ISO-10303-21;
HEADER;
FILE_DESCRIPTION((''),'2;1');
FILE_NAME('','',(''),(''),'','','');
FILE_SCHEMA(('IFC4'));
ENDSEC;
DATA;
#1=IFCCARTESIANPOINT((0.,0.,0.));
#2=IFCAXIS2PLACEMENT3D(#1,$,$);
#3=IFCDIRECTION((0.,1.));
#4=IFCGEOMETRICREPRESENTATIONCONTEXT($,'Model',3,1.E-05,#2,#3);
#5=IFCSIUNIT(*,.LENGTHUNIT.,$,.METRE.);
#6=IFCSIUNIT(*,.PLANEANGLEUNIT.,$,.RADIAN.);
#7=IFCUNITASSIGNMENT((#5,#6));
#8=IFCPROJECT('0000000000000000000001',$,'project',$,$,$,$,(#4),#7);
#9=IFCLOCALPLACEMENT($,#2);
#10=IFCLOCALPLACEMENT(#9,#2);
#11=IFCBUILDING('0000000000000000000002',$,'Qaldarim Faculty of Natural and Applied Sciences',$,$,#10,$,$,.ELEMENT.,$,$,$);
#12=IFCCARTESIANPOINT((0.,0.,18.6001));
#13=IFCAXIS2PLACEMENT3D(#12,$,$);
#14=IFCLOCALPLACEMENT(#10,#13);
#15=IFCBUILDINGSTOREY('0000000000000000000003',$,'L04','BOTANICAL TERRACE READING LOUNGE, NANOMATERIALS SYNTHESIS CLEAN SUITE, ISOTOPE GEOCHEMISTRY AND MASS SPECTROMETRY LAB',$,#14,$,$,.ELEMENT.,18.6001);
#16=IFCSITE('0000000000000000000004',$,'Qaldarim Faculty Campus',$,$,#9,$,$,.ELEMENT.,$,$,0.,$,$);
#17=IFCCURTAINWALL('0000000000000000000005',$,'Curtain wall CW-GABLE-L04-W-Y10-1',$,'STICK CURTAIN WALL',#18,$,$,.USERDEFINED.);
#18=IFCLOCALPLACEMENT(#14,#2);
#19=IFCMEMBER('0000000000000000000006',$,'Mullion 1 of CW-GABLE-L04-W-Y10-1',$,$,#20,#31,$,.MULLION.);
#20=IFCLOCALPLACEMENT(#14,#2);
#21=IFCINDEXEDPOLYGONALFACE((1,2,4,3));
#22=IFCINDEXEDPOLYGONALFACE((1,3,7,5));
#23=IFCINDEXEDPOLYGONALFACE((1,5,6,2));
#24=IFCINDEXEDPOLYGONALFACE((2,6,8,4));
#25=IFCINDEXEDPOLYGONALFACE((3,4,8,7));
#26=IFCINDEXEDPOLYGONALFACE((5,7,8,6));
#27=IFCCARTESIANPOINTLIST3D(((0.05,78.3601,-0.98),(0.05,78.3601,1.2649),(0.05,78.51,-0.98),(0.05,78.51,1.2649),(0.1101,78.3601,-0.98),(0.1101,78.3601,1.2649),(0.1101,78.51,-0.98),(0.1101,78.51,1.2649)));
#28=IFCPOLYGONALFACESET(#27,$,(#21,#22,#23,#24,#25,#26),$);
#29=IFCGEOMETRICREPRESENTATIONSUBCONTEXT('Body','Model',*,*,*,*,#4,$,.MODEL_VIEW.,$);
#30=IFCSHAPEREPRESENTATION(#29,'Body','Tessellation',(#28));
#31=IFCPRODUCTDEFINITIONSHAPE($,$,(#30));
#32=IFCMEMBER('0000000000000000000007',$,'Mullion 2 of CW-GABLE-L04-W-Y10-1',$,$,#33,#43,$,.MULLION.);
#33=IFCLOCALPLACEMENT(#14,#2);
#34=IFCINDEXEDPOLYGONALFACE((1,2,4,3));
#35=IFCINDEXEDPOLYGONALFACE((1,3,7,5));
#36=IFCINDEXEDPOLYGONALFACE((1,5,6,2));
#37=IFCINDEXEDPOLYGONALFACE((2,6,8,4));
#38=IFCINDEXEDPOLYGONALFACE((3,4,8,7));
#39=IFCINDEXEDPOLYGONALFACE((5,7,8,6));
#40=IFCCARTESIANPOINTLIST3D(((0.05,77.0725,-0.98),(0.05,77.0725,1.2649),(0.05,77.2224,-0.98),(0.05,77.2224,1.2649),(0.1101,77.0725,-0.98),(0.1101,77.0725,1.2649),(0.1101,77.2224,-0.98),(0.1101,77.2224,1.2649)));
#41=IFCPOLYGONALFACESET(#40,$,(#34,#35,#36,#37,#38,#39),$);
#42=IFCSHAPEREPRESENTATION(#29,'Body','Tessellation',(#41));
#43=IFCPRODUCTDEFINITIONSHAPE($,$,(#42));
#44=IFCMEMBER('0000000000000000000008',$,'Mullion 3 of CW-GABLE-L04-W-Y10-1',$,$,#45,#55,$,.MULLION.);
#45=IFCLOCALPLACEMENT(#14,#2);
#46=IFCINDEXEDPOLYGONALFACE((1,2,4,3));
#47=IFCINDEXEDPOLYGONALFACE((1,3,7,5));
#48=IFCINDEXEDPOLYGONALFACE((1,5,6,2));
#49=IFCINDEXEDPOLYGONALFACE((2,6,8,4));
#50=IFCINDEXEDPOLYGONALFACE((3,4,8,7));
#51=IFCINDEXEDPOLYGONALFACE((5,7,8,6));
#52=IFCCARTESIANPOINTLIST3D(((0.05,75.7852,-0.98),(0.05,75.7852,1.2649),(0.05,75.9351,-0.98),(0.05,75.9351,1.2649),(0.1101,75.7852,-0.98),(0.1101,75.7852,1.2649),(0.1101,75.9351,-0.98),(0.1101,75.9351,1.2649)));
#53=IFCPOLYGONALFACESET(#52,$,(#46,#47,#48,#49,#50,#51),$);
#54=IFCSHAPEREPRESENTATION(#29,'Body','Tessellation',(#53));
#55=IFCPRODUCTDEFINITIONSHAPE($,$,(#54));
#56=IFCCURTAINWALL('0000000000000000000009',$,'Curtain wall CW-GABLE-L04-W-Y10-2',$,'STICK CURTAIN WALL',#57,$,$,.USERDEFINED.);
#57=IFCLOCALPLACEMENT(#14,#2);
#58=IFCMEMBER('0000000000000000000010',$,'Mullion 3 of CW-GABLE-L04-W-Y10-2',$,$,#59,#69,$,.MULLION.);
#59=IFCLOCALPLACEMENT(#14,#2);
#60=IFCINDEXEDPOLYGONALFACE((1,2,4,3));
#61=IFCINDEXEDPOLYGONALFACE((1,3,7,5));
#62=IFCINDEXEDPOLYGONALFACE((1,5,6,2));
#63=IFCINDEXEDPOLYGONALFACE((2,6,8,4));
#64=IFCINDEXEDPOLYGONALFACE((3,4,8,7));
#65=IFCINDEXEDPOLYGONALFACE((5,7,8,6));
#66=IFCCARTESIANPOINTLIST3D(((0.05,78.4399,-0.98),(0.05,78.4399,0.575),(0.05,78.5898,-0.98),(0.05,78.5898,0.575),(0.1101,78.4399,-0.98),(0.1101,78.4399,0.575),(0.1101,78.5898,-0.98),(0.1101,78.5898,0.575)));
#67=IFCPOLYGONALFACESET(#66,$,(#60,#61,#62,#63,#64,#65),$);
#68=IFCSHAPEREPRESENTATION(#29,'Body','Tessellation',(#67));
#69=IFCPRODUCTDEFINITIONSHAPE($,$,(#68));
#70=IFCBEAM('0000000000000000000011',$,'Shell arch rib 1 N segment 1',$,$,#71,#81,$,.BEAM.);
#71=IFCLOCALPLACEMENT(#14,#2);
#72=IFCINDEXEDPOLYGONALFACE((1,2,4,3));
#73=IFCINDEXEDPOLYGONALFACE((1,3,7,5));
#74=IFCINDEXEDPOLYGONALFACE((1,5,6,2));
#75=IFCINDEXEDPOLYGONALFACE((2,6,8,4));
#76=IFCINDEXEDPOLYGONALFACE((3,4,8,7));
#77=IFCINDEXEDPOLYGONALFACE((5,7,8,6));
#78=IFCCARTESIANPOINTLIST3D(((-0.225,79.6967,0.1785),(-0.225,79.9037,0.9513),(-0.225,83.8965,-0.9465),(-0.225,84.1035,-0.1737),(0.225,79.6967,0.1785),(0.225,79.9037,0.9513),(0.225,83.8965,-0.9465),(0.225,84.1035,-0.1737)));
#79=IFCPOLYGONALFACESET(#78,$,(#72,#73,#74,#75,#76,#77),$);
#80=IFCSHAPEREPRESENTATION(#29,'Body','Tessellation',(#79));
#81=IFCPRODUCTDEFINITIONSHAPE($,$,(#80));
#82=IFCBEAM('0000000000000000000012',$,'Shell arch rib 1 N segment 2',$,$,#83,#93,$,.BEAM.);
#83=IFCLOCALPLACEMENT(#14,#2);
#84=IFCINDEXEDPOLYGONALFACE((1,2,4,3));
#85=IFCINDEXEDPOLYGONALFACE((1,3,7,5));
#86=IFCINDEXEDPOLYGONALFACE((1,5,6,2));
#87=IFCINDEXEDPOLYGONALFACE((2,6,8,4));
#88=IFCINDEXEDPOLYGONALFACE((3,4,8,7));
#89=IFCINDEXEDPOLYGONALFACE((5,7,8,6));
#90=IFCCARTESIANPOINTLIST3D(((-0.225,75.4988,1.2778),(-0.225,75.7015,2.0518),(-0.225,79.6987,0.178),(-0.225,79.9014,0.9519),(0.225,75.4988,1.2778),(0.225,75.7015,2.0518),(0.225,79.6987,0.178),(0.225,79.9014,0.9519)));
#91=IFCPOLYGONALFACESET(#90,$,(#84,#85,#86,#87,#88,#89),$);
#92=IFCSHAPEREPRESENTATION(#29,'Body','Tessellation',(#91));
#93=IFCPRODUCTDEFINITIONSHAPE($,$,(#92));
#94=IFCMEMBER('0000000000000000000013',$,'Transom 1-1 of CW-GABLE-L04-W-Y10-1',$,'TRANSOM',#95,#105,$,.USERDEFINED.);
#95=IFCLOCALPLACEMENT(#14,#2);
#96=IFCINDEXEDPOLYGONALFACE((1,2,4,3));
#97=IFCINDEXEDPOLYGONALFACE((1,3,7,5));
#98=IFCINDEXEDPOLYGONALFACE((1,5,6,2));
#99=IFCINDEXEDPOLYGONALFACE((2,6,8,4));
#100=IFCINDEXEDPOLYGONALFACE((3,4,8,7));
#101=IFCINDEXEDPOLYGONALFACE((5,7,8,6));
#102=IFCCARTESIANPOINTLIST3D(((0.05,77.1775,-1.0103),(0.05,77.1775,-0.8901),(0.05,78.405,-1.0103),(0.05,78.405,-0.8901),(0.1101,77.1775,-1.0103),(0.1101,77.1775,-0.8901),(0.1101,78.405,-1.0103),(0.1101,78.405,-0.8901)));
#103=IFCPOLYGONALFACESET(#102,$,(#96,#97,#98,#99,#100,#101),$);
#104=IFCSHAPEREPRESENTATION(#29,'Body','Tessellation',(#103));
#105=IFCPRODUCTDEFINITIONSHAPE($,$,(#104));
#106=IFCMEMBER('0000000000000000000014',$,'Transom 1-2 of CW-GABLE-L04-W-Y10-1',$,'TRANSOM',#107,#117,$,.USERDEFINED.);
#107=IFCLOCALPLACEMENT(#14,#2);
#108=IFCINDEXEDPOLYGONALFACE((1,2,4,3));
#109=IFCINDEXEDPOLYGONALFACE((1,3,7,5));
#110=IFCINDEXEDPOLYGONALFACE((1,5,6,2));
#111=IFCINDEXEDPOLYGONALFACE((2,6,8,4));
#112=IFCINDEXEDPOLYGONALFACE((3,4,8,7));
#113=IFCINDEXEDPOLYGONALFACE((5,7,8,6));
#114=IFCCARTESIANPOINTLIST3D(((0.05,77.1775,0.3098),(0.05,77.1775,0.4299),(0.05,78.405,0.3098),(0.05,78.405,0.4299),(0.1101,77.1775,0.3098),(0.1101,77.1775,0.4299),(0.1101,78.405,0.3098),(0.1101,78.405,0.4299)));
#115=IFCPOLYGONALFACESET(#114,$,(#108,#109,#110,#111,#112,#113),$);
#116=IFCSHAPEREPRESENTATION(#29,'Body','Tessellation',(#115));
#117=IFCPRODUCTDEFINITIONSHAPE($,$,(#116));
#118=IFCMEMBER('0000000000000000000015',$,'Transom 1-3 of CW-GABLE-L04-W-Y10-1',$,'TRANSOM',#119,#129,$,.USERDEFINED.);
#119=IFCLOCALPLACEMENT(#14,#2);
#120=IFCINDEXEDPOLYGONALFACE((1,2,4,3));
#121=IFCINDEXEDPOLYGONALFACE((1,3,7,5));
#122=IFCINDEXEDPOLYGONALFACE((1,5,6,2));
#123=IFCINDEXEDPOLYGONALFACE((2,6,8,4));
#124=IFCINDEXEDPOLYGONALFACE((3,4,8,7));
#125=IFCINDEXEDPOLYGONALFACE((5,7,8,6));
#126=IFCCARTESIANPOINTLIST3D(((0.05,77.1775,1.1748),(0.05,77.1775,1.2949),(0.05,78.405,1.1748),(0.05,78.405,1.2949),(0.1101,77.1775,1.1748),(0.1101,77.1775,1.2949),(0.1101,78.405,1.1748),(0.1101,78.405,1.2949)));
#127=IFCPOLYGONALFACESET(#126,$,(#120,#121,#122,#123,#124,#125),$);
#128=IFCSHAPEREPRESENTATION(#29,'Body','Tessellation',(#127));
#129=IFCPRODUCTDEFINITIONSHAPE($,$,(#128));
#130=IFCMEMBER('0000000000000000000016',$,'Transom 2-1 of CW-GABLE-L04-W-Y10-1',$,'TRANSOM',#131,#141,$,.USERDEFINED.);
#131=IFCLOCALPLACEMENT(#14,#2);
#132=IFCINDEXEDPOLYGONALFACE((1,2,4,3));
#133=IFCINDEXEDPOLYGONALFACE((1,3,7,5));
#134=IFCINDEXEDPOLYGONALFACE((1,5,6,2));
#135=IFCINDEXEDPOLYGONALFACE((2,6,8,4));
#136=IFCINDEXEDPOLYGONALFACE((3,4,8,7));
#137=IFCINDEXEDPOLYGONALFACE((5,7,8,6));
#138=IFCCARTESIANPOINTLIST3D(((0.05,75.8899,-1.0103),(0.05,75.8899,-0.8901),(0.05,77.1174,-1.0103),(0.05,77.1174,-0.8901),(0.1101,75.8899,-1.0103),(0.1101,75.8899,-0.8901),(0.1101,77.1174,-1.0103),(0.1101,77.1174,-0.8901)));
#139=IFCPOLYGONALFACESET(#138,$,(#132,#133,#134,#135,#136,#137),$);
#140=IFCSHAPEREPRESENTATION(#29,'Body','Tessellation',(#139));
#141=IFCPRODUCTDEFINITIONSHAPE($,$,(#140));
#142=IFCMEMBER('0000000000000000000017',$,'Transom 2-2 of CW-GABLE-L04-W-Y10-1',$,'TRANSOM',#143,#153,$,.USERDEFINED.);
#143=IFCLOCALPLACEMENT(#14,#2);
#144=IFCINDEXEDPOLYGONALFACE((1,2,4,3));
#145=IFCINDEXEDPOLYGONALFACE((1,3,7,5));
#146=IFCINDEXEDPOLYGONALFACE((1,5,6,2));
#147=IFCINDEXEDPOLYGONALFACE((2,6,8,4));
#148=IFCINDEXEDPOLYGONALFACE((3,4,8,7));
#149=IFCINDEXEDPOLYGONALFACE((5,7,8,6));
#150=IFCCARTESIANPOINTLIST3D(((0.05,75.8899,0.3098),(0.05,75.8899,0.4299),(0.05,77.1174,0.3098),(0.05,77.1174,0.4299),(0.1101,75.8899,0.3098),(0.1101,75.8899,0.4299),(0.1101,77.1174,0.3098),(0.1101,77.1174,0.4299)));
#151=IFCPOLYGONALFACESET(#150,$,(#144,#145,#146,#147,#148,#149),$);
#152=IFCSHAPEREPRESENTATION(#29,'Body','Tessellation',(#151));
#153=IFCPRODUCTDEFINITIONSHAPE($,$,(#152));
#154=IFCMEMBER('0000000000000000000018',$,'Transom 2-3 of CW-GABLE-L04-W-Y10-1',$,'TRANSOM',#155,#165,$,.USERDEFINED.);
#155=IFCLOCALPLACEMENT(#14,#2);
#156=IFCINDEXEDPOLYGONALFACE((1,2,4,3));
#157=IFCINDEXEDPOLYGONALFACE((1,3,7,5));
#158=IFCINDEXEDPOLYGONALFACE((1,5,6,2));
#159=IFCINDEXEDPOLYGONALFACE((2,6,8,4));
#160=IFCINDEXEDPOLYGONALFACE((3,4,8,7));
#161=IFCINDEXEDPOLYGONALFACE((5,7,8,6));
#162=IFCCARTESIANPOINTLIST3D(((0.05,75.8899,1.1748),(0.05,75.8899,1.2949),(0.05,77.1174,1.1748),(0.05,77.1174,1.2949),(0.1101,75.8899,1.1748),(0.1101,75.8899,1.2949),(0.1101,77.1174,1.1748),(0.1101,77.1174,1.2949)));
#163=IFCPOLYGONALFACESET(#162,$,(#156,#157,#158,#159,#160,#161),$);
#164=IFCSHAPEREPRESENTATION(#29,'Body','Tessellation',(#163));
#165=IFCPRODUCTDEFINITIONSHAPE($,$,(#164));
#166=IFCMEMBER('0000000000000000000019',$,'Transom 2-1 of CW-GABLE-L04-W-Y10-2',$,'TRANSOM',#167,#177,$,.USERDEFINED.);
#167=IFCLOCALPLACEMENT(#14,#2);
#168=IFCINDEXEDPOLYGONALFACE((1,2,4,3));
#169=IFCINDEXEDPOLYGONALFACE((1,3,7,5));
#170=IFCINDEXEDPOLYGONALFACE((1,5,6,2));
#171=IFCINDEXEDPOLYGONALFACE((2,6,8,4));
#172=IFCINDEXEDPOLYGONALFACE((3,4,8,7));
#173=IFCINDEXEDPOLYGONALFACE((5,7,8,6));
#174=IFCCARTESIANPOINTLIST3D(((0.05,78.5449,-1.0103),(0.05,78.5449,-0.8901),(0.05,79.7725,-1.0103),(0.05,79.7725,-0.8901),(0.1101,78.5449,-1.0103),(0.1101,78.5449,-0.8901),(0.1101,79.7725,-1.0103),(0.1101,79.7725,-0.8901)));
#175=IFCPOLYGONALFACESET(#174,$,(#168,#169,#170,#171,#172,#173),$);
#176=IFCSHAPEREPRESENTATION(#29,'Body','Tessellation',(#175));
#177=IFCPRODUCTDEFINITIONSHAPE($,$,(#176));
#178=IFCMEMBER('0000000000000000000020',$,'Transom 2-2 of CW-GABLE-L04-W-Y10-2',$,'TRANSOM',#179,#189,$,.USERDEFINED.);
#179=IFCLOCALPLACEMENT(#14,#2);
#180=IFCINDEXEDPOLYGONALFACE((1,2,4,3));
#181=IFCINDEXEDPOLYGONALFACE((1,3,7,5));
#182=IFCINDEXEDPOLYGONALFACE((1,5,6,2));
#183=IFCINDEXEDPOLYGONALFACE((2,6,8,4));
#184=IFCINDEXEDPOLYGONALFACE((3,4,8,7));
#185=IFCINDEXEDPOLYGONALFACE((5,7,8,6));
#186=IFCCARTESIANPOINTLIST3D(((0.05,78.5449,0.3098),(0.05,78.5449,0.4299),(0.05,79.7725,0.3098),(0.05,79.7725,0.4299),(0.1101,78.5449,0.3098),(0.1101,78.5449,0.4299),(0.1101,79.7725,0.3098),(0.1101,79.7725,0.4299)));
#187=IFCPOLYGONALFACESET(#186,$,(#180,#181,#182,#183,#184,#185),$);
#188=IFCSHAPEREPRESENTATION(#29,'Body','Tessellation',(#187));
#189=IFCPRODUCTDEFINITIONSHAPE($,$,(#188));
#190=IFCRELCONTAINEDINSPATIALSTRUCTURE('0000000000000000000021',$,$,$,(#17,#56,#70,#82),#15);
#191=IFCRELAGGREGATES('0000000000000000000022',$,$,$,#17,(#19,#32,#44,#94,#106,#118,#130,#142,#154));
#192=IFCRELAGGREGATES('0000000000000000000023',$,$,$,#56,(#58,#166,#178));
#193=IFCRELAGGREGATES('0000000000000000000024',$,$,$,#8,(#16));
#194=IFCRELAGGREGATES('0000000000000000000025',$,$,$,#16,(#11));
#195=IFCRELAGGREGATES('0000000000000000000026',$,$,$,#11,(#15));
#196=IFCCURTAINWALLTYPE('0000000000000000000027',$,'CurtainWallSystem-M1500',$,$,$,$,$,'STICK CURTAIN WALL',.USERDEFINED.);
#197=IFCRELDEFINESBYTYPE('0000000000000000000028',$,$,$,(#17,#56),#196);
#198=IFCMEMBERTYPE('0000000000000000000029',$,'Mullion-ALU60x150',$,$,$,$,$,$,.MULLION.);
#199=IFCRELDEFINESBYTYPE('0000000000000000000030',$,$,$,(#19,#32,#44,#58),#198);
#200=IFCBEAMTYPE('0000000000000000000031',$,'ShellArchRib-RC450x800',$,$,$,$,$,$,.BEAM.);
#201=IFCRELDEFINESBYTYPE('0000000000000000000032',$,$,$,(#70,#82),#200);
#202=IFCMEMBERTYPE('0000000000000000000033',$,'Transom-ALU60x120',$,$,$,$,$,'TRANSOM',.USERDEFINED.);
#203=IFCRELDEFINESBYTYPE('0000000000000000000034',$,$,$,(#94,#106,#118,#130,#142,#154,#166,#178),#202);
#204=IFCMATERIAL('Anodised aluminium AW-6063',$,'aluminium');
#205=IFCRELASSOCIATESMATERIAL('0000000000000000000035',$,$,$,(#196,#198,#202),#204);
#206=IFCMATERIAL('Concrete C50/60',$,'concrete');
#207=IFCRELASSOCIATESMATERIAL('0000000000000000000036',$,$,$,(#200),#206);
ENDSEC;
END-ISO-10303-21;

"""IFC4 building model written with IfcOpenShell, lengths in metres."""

from ifc_helpers import new_model, si_unit, direction, frame, origin, origin_2d, place, context, subcontext, project, spatial, rectangle, extrude, material, material_profile, profile_set, type_object, element, aggregate, save


model = new_model("IFC4")

# Units and contexts
model_context = context("Model", 3, precision=1e-05, world=origin(), true_north=direction((0.0, 1.0)))
body_context = subcontext(model_context, "Body", "Model", "MODEL_VIEW")
ifc_project = project(units=[si_unit("LENGTHUNIT", "METRE"), si_unit("PLANEANGLEUNIT", "RADIAN")], contexts=[model_context])

# Site, building, storey
site_placement = place(None, origin())
site = spatial("IfcSite", under=ifc_project, at=site_placement, Name="Qaldarim Faculty Campus", CompositionType="ELEMENT", RefElevation=0.0)
building_placement = place(site_placement, origin())
building = spatial("IfcBuilding", under=site, at=building_placement, Name="Qaldarim Faculty of Natural and Applied Sciences", CompositionType="ELEMENT")
storey_placement = place(building_placement, frame((0.0, 0.0, 18.6001)))
storey = spatial("IfcBuildingStorey", under=building, at=storey_placement, Name="L04", Description="BOTANICAL TERRACE READING LOUNGE, NANOMATERIALS SYNTHESIS CLEAN SUITE, ISOTOPE GEOCHEMISTRY AND MASS SPECTROMETRY LAB", CompositionType="ELEMENT", Elevation=18.6001)

# Curtain wall, members
ifc_material_1 = material(Name="Anodised aluminium AW-6063", Category="aluminium")
curtain_wall_type = type_object("IfcCurtainWallType", Name="CurtainWallSystem-M1500", ElementType="STICK CURTAIN WALL", PredefinedType="USERDEFINED", material=ifc_material_1)
curtain_wall_1_placement = place(storey_placement, origin())
curtain_wall_1 = element("IfcCurtainWall", 1, at=curtain_wall_1_placement, inside=storey, type_object=curtain_wall_type, Name="Curtain wall CW-GABLE-L04-W-Y10-1", ObjectType="STICK CURTAIN WALL", PredefinedType="USERDEFINED")
ifc_material_profile_1 = material_profile(ifc_material_1, rectangle(XDim=0.0601, YDim=0.1499, at=origin_2d()), Name="ALU-M60x150")
ifc_profile_set_1 = profile_set([ifc_material_profile_1], Name="Anodised aluminium AW-6063")
member_type_1 = type_object("IfcMemberType", Name="Mullion-ALU60x150", PredefinedType="MULLION", material=ifc_profile_set_1)
member_1_placement = place(storey_placement, frame((0.0801, 78.4351, -0.98), z_axis=(0.0, 0.0, 1.0), x_axis=(1.0, 0.0, 0.0)))
member_1 = element("IfcMember", 2, at=member_1_placement, type_object=member_type_1, Name="Mullion 1 of CW-GABLE-L04-W-Y10-1", PredefinedType="MULLION", context=body_context, shape_type="SweptSolid", body=[
    extrude(rectangle(XDim=0.0601, YDim=0.1499, at=origin_2d()), origin(), (0.0, 0.0, 1.0), 2.2449),
])
member_2_placement = place(storey_placement, frame((0.0801, 77.1475, -0.98), z_axis=(0.0, 0.0, 1.0), x_axis=(1.0, 0.0, 0.0)))
member_2 = element("IfcMember", 3, at=member_2_placement, type_object=member_type_1, Name="Mullion 2 of CW-GABLE-L04-W-Y10-1", PredefinedType="MULLION", context=body_context, shape_type="SweptSolid", body=[
    extrude(rectangle(XDim=0.0601, YDim=0.1499, at=origin_2d()), origin(), (0.0, 0.0, 1.0), 2.2449),
])
member_3_placement = place(storey_placement, frame((0.0801, 75.8601, -0.98), z_axis=(0.0, 0.0, 1.0), x_axis=(1.0, 0.0, 0.0)))
member_3 = element("IfcMember", 4, at=member_3_placement, type_object=member_type_1, Name="Mullion 3 of CW-GABLE-L04-W-Y10-1", PredefinedType="MULLION", context=body_context, shape_type="SweptSolid", body=[
    extrude(rectangle(XDim=0.0601, YDim=0.1499, at=origin_2d()), origin(), (0.0, 0.0, 1.0), 2.2449),
])

# Curtain wall, member
curtain_wall_2_placement = place(storey_placement, origin())
curtain_wall_2 = element("IfcCurtainWall", 5, at=curtain_wall_2_placement, inside=storey, type_object=curtain_wall_type, Name="Curtain wall CW-GABLE-L04-W-Y10-2", ObjectType="STICK CURTAIN WALL", PredefinedType="USERDEFINED")
member_4_placement = place(storey_placement, frame((0.0801, 78.5149, -0.98), z_axis=(0.0, 0.0, 1.0), x_axis=(1.0, 0.0, 0.0)))
member_4 = element("IfcMember", 6, at=member_4_placement, type_object=member_type_1, Name="Mullion 3 of CW-GABLE-L04-W-Y10-2", PredefinedType="MULLION", context=body_context, shape_type="SweptSolid", body=[
    extrude(rectangle(XDim=0.0601, YDim=0.1499, at=origin_2d()), origin(), (0.0, 0.0, 1.0), 1.5549),
])

# Beams
ifc_material_2 = material(Name="Concrete C50/60", Category="concrete")
ifc_material_profile_2 = material_profile(ifc_material_2, rectangle(XDim=0.45, YDim=0.8, at=origin_2d()), Name="RC-RIB450x800")
ifc_profile_set_2 = profile_set([ifc_material_profile_2], Name="Concrete C50/60")
beam_type = type_object("IfcBeamType", Name="ShellArchRib-RC450x800", PredefinedType="BEAM", material=ifc_profile_set_2)
beam_1_placement = place(storey_placement, frame((0.0, 84.0, -0.5601), z_axis=(0.0, -0.965947, 0.258739), x_axis=(1.0, 0.0, 0.0)))
element("IfcBeam", 7, at=beam_1_placement, inside=storey, type_object=beam_type, Name="Shell arch rib 1 N segment 1", PredefinedType="BEAM", context=body_context, shape_type="SweptSolid", body=[
    extrude(rectangle(XDim=0.45, YDim=0.8, at=origin_2d()), origin(), (0.0, 0.0, 1.0), 4.3479),
])
beam_2_placement = place(storey_placement, frame((0.0, 79.8, 0.5649), z_axis=(0.0, -0.96738, 0.253331), x_axis=(1.0, 0.0, 0.0)))
element("IfcBeam", 8, at=beam_2_placement, inside=storey, type_object=beam_type, Name="Shell arch rib 1 N segment 2", PredefinedType="BEAM", context=body_context, shape_type="SweptSolid", body=[
    extrude(rectangle(XDim=0.45, YDim=0.8, at=origin_2d()), origin(), (0.0, 0.0, 1.0), 4.3416),
])

# Members
ifc_material_profile_3 = material_profile(ifc_material_1, rectangle(XDim=0.0601, YDim=0.1201, at=origin_2d()), Name="ALU-T60x120")
ifc_profile_set_3 = profile_set([ifc_material_profile_3], Name="Anodised aluminium AW-6063")
member_type_2 = type_object("IfcMemberType", Name="Transom-ALU60x120", ElementType="TRANSOM", PredefinedType="USERDEFINED", material=ifc_profile_set_3)
member_5_placement = place(storey_placement, frame((0.0801, 78.405, -0.9502), z_axis=(0.0, -1.0, 0.0), x_axis=(1.0, 0.0, 0.0)))
member_5 = element("IfcMember", 9, at=member_5_placement, type_object=member_type_2, Name="Transom 1-1 of CW-GABLE-L04-W-Y10-1", ObjectType="TRANSOM", PredefinedType="USERDEFINED", context=body_context, shape_type="SweptSolid", body=[
    extrude(rectangle(XDim=0.0601, YDim=0.1201, at=origin_2d()), origin(), (0.0, 0.0, 1.0), 1.2275),
])
member_6_placement = place(storey_placement, frame((0.0801, 78.405, 0.3699), z_axis=(0.0, -1.0, 0.0), x_axis=(1.0, 0.0, 0.0)))
member_6 = element("IfcMember", 10, at=member_6_placement, type_object=member_type_2, Name="Transom 1-2 of CW-GABLE-L04-W-Y10-1", ObjectType="TRANSOM", PredefinedType="USERDEFINED", context=body_context, shape_type="SweptSolid", body=[
    extrude(rectangle(XDim=0.0601, YDim=0.1201, at=origin_2d()), origin(), (0.0, 0.0, 1.0), 1.2275),
])
member_7_placement = place(storey_placement, frame((0.0801, 78.405, 1.2349), z_axis=(0.0, -1.0, 0.0), x_axis=(1.0, 0.0, 0.0)))
member_7 = element("IfcMember", 11, at=member_7_placement, type_object=member_type_2, Name="Transom 1-3 of CW-GABLE-L04-W-Y10-1", ObjectType="TRANSOM", PredefinedType="USERDEFINED", context=body_context, shape_type="SweptSolid", body=[
    extrude(rectangle(XDim=0.0601, YDim=0.1201, at=origin_2d()), origin(), (0.0, 0.0, 1.0), 1.2275),
])
member_8_placement = place(storey_placement, frame((0.0801, 77.1174, -0.9502), z_axis=(0.0, -1.0, 0.0), x_axis=(1.0, 0.0, 0.0)))
member_8 = element("IfcMember", 12, at=member_8_placement, type_object=member_type_2, Name="Transom 2-1 of CW-GABLE-L04-W-Y10-1", ObjectType="TRANSOM", PredefinedType="USERDEFINED", context=body_context, shape_type="SweptSolid", body=[
    extrude(rectangle(XDim=0.0601, YDim=0.1201, at=origin_2d()), origin(), (0.0, 0.0, 1.0), 1.2275),
])
member_9_placement = place(storey_placement, frame((0.0801, 77.1174, 0.3699), z_axis=(0.0, -1.0, 0.0), x_axis=(1.0, 0.0, 0.0)))
member_9 = element("IfcMember", 13, at=member_9_placement, type_object=member_type_2, Name="Transom 2-2 of CW-GABLE-L04-W-Y10-1", ObjectType="TRANSOM", PredefinedType="USERDEFINED", context=body_context, shape_type="SweptSolid", body=[
    extrude(rectangle(XDim=0.0601, YDim=0.1201, at=origin_2d()), origin(), (0.0, 0.0, 1.0), 1.2275),
])
member_10_placement = place(storey_placement, frame((0.0801, 77.1174, 1.2349), z_axis=(0.0, -1.0, 0.0), x_axis=(1.0, 0.0, 0.0)))
member_10 = element("IfcMember", 14, at=member_10_placement, type_object=member_type_2, Name="Transom 2-3 of CW-GABLE-L04-W-Y10-1", ObjectType="TRANSOM", PredefinedType="USERDEFINED", context=body_context, shape_type="SweptSolid", body=[
    extrude(rectangle(XDim=0.0601, YDim=0.1201, at=origin_2d()), origin(), (0.0, 0.0, 1.0), 1.2275),
])
member_11_placement = place(storey_placement, frame((0.0801, 79.7725, -0.9502), z_axis=(0.0, -1.0, 0.0), x_axis=(1.0, 0.0, 0.0)))
member_11 = element("IfcMember", 15, at=member_11_placement, type_object=member_type_2, Name="Transom 2-1 of CW-GABLE-L04-W-Y10-2", ObjectType="TRANSOM", PredefinedType="USERDEFINED", context=body_context, shape_type="SweptSolid", body=[
    extrude(rectangle(XDim=0.0601, YDim=0.1201, at=origin_2d()), origin(), (0.0, 0.0, 1.0), 1.2275),
])
member_12_placement = place(storey_placement, frame((0.0801, 79.7725, 0.3699), z_axis=(0.0, -1.0, 0.0), x_axis=(1.0, 0.0, 0.0)))
member_12 = element("IfcMember", 16, at=member_12_placement, type_object=member_type_2, Name="Transom 2-2 of CW-GABLE-L04-W-Y10-2", ObjectType="TRANSOM", PredefinedType="USERDEFINED", context=body_context, shape_type="SweptSolid", body=[
    extrude(rectangle(XDim=0.0601, YDim=0.1201, at=origin_2d()), origin(), (0.0, 0.0, 1.0), 1.2275),
])

aggregate(curtain_wall_1, [member_1, member_2, member_3, member_5, member_6, member_7, member_8, member_9, member_10])
aggregate(curtain_wall_2, [member_4, member_11, member_12])

save(model, "model.ifc")
